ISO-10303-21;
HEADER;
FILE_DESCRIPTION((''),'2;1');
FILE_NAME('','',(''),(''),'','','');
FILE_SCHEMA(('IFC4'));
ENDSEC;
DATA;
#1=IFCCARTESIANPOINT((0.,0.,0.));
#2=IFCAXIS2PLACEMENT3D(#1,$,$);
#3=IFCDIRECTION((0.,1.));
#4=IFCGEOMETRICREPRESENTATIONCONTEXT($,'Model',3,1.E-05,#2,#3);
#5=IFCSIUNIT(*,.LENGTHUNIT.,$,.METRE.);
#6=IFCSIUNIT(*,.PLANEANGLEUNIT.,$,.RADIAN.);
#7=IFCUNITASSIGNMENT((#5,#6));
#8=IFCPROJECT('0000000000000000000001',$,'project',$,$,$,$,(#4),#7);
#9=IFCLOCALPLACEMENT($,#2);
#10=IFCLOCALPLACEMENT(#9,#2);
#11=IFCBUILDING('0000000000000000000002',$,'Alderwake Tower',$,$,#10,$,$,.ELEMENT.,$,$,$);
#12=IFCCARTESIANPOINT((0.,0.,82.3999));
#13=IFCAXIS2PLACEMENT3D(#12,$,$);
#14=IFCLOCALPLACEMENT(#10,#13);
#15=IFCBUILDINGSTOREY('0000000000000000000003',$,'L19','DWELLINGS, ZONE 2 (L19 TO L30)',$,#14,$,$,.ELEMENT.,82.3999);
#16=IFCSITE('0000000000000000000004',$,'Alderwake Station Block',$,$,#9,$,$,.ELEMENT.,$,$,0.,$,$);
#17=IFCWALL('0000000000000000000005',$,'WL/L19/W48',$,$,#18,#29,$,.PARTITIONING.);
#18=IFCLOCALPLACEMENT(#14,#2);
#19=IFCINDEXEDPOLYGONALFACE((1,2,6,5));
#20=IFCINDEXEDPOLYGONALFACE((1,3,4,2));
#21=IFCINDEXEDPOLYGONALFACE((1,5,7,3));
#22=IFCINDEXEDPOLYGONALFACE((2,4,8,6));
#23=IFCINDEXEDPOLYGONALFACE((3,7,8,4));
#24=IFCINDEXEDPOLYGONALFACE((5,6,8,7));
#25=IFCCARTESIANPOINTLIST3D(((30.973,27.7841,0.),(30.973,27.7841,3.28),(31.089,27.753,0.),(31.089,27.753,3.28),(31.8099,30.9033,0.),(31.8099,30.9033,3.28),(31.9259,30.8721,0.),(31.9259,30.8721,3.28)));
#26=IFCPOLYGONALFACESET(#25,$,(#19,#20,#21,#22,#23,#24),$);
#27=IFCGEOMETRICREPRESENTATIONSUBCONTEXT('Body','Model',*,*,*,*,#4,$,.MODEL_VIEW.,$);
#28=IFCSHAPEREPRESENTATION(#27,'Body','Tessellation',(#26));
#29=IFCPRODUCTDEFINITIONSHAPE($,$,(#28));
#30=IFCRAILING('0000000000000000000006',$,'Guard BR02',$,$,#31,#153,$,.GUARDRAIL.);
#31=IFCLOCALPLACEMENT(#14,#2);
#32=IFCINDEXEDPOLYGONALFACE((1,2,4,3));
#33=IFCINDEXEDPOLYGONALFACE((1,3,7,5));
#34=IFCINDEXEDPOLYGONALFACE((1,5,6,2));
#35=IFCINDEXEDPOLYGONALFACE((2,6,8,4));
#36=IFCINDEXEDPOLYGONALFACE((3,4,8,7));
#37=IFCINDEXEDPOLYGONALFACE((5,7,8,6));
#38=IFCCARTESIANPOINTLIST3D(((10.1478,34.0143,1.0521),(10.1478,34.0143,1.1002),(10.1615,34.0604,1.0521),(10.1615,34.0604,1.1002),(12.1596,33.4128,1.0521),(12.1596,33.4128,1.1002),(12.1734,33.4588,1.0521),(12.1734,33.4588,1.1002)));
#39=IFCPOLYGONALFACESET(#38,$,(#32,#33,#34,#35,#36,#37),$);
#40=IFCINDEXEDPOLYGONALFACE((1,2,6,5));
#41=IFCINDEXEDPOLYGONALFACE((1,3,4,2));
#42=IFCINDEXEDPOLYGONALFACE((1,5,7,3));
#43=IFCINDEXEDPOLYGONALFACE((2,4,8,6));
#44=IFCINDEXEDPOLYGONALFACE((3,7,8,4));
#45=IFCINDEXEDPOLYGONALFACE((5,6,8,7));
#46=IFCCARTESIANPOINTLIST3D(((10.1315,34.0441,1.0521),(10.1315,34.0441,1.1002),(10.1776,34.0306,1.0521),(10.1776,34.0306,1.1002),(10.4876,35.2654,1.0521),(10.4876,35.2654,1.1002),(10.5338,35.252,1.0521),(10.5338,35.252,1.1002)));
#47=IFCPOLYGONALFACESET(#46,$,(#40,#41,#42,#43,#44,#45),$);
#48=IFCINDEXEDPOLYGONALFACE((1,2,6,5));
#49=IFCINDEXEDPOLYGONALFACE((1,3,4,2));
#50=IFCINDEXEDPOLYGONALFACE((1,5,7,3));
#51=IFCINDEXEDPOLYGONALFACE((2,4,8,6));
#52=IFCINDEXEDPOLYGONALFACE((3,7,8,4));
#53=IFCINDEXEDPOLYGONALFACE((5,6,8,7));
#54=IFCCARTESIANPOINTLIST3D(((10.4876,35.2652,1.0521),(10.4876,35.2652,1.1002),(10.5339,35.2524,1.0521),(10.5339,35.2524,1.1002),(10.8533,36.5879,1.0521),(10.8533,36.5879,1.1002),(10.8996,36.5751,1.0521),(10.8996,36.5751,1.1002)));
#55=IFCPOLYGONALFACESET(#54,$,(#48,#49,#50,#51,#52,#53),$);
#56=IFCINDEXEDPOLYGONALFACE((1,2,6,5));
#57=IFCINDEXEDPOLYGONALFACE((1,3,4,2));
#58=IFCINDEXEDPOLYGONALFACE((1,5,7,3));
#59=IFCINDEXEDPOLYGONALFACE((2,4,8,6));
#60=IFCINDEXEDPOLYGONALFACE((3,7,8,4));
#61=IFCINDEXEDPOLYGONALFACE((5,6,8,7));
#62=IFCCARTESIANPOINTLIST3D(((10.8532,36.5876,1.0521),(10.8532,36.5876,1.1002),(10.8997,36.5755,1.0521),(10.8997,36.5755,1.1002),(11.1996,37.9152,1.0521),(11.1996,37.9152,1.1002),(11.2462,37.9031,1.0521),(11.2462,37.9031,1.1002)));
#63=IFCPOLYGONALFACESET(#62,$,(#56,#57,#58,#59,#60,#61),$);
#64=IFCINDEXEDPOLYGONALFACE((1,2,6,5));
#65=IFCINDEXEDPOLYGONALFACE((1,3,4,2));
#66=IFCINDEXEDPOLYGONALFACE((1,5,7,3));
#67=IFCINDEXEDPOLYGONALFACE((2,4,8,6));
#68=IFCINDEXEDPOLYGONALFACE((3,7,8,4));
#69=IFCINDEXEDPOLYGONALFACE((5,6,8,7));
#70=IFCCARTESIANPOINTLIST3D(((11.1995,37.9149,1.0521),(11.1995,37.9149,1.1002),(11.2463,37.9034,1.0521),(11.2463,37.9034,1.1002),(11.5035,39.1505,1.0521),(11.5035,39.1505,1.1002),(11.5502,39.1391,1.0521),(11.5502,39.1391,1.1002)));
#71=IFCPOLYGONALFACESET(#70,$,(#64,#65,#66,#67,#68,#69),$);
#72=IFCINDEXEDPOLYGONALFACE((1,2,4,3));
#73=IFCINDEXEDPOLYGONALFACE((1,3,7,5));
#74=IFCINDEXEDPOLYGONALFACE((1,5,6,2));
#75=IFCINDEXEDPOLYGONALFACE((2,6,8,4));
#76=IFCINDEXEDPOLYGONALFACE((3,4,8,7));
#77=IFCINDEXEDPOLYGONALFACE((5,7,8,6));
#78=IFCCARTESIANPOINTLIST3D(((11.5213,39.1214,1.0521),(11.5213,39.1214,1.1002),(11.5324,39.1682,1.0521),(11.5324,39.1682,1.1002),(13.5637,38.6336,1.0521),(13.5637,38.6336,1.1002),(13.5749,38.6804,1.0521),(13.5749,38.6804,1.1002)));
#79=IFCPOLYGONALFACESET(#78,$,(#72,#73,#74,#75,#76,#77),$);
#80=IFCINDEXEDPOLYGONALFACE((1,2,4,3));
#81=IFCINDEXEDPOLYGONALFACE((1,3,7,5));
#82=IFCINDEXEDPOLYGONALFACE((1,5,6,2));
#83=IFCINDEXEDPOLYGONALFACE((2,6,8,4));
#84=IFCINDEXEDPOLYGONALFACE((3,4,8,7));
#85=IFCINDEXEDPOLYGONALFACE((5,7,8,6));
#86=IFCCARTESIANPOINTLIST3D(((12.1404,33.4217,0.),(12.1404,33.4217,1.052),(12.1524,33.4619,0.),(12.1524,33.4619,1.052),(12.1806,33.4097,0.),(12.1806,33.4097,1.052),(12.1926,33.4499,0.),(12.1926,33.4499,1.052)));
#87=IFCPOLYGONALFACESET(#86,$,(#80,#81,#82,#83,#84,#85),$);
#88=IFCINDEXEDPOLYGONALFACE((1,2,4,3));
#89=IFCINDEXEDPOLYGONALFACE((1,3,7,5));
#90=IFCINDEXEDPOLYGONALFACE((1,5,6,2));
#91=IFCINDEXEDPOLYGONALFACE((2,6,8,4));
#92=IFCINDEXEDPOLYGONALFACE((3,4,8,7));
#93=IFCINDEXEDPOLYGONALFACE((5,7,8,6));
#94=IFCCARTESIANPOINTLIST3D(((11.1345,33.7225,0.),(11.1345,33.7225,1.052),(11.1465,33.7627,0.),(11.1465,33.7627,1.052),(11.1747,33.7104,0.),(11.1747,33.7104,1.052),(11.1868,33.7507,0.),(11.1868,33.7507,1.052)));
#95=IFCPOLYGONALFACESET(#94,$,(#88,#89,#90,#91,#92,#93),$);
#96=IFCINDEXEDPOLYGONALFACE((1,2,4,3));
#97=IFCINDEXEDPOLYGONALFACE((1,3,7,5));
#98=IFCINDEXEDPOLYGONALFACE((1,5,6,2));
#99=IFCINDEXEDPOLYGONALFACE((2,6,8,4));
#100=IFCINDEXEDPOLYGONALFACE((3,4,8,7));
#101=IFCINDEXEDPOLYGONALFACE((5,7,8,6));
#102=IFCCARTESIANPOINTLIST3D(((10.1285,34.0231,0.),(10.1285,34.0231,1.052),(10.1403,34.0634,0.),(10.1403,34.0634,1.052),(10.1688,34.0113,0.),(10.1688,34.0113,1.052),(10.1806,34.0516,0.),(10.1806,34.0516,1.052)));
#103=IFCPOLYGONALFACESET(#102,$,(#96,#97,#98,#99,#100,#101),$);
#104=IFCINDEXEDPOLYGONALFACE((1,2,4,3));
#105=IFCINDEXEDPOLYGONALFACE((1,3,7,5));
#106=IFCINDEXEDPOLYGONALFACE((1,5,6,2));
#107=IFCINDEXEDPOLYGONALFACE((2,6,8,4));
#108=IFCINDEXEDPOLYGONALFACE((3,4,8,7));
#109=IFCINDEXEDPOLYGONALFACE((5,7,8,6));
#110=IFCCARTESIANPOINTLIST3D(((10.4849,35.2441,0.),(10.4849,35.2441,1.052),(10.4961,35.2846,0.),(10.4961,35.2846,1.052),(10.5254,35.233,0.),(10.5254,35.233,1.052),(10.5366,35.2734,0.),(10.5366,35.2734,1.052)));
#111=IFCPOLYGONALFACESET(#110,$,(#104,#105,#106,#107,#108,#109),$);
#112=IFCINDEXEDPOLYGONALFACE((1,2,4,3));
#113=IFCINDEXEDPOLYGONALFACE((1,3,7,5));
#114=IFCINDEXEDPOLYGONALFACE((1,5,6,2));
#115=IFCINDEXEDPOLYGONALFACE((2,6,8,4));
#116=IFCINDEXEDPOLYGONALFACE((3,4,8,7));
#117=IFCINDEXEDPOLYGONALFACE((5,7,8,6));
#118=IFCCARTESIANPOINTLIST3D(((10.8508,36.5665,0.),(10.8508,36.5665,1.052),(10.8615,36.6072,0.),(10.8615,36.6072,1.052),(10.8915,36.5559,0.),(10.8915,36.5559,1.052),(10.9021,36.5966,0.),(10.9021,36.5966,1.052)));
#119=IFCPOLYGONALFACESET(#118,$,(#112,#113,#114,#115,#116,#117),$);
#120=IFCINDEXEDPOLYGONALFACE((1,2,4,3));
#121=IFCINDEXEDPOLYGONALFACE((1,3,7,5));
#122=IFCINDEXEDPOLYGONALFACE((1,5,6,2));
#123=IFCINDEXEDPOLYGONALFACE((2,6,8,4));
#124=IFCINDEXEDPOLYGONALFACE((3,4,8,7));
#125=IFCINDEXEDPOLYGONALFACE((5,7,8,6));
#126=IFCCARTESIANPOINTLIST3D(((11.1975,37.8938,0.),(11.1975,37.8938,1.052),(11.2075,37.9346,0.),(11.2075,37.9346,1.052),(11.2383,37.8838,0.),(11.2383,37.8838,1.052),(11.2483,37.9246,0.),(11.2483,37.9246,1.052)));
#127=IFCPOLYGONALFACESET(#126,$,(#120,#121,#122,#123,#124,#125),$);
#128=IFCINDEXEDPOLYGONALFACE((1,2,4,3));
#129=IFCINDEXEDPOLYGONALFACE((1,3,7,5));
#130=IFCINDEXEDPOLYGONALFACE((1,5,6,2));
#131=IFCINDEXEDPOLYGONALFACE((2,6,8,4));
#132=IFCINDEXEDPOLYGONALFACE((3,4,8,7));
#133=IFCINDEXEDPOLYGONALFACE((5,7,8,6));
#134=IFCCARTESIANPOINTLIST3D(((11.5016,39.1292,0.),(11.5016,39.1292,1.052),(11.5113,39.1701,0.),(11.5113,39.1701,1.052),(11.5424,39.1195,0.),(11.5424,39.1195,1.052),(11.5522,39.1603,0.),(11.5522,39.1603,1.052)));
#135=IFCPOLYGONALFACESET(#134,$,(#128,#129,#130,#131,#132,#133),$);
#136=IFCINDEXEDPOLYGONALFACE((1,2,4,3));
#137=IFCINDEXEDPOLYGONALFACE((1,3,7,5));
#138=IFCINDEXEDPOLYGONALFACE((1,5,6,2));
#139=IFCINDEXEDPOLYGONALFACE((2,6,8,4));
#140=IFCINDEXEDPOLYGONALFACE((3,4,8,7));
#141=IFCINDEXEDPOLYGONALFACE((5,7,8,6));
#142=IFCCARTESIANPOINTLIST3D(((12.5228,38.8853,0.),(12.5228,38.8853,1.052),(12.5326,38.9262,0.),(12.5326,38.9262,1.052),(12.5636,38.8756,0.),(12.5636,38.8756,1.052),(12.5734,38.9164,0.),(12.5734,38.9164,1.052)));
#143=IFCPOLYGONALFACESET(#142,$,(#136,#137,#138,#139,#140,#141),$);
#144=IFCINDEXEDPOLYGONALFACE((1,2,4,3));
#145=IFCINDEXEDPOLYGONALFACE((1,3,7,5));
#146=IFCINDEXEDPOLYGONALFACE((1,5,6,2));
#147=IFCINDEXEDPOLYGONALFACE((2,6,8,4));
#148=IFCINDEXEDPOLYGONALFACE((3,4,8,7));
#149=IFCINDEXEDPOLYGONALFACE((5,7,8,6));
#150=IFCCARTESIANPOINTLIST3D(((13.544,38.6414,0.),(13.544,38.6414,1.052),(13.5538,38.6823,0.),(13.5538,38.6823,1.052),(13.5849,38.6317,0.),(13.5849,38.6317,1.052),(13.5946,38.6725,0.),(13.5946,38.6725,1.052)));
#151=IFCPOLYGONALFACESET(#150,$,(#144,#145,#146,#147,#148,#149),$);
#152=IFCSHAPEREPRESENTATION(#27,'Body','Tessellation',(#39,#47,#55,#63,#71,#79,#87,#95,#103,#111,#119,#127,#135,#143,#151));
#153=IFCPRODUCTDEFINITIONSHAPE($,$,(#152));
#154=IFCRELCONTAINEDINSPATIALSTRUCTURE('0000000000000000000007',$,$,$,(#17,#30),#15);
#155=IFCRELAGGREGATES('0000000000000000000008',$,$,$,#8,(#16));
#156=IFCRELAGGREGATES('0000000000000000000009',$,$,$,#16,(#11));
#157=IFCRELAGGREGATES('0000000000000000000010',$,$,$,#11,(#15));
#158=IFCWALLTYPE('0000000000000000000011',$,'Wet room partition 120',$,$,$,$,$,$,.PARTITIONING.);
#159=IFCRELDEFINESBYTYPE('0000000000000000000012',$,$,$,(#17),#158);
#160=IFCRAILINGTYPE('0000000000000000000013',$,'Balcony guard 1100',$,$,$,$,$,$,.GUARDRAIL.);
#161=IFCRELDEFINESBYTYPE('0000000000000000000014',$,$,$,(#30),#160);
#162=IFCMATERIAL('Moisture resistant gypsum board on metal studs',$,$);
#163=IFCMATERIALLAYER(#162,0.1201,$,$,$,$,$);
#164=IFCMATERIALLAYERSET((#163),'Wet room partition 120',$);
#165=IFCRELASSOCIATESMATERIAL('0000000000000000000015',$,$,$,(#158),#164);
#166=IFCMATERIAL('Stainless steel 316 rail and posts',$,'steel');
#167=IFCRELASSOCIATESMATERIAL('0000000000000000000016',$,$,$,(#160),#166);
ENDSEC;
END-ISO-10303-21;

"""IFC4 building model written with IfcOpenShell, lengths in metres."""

from ifc_helpers import new_model, si_unit, direction, frame, frame_2d, origin, origin_2d, place, context, subcontext, project, spatial, rectangle, extrude, material, layer, layer_set, type_object, element, save


model = new_model("IFC4")

# Units and contexts
model_context = context("Model", 3, precision=1e-05, world=origin(), true_north=direction((0.0, 1.0)))
body_context = subcontext(model_context, "Body", "Model", "MODEL_VIEW")
ifc_project = project(units=[si_unit("LENGTHUNIT", "METRE"), si_unit("PLANEANGLEUNIT", "RADIAN")], contexts=[model_context])

# Site, building, storey
site_placement = place(None, origin())
site = spatial("IfcSite", under=ifc_project, at=site_placement, Name="Alderwake Station Block", CompositionType="ELEMENT", RefElevation=0.0)
building_placement = place(site_placement, origin())
building = spatial("IfcBuilding", under=site, at=building_placement, Name="Alderwake Tower", CompositionType="ELEMENT")
storey_placement = place(building_placement, frame((0.0, 0.0, 82.3999)))
storey = spatial("IfcBuildingStorey", under=building, at=storey_placement, Name="L19", Description="DWELLINGS, ZONE 2 (L19 TO L30)", CompositionType="ELEMENT", Elevation=82.3999)

# Wall
ifc_material_1 = material(Name="Moisture resistant gypsum board on metal studs")
ifc_layer_1 = layer(ifc_material_1, 0.1201)
ifc_layer_set_1 = layer_set([ifc_layer_1], Name="Wet room partition 120")
wall_type_1 = type_object("IfcWallType", Name="Wet room partition 120", PredefinedType="PARTITIONING", material=ifc_layer_set_1)
wall_1_placement = place(storey_placement, frame((31.8679, 30.8877, 0.0), z_axis=(0.0, 0.0, 1.0), x_axis=(-0.259149, -0.965837, 0.0)))
element("IfcWall", 1, at=wall_1_placement, inside=storey, type_object=wall_type_1, Name="WL/L19/W48", PredefinedType="PARTITIONING", context=body_context, shape_type="SweptSolid", body=[
    extrude(rectangle(XDim=3.2295, YDim=0.1201, at=frame_2d((1.6147, 0.0))), origin(), (0.0, 0.0, 1.0), 3.28),
])

# Railing
ifc_material_2 = material(Name="Stainless steel 316 rail and posts", Category="steel")
railing_type = type_object("IfcRailingType", Name="Balcony guard 1100", PredefinedType="GUARDRAIL", material=ifc_material_2)
railing_1_placement = place(storey_placement, frame((12.1665, 33.4358, 0.0)))
element("IfcRailing", 2, at=railing_1_placement, inside=storey, type_object=railing_type, Name="Guard BR02", PredefinedType="GUARDRAIL", context=body_context, shape_type="SweptSolid", body=[
    extrude(rectangle(XDim=0.0481, YDim=0.0481, at=origin_2d()), frame((0.0, 0.0, 1.0762), z_axis=(-0.958091, 0.286462, 0.0), x_axis=(-0.286462, -0.958091, 0.0)), (0.0, 0.0, 1.0), 2.0999),
    extrude(rectangle(XDim=0.0481, YDim=0.0481, at=origin_2d()), frame((-2.012, 0.6016, 1.0762), z_axis=(0.279963, 0.960011, 0.0), x_axis=(-0.960011, 0.279963, 0.0)), (0.0, 0.0, 1.0), 1.2722),
    extrude(rectangle(XDim=0.0481, YDim=0.0481, at=origin_2d()), frame((-1.6558, 1.823, 1.0762), z_axis=(0.266488, 0.963838, 0.0), x_axis=(-0.963838, 0.266488, 0.0)), (0.0, 0.0, 1.0), 1.3723),
    extrude(rectangle(XDim=0.0481, YDim=0.0481, at=origin_2d()), frame((-1.29, 3.1458, 1.0762), z_axis=(0.252487, 0.9676, 0.0), x_axis=(-0.9676, 0.252487, 0.0)), (0.0, 0.0, 1.0), 1.3721),
    extrude(rectangle(XDim=0.0481, YDim=0.0481, at=origin_2d()), frame((-0.9436, 4.4734, 1.0762), z_axis=(0.238877, 0.97105, 0.0), x_axis=(-0.97105, 0.238877, 0.0)), (0.0, 0.0, 1.0), 1.2725),
    extrude(rectangle(XDim=0.0481, YDim=0.0481, at=origin_2d()), frame((-0.6396, 5.709, 1.0762), z_axis=(0.972646, -0.232291, 0.0), x_axis=(0.232291, 0.972646, 0.0)), (0.0, 0.0, 1.0), 2.0999),
    extrude(rectangle(XDim=0.042, YDim=0.042, at=origin_2d()), frame((0.0, 0.0, 0.0), z_axis=(0.0, 0.0, 1.0), x_axis=(-0.958091, 0.286462, 0.0)), (0.0, 0.0, 1.0), 1.052),
    extrude(rectangle(XDim=0.042, YDim=0.042, at=origin_2d()), frame((-1.0059, 0.3008, 0.0), z_axis=(0.0, 0.0, 1.0), x_axis=(-0.958091, 0.286462, 0.0)), (0.0, 0.0, 1.0), 1.052),
    extrude(rectangle(XDim=0.042, YDim=0.042, at=origin_2d()), frame((-2.012, 0.6016, 0.0), z_axis=(0.0, 0.0, 1.0), x_axis=(0.279963, 0.960011, 0.0)), (0.0, 0.0, 1.0), 1.052),
    extrude(rectangle(XDim=0.042, YDim=0.042, at=origin_2d()), frame((-1.6558, 1.823, 0.0), z_axis=(0.0, 0.0, 1.0), x_axis=(0.266488, 0.963838, 0.0)), (0.0, 0.0, 1.0), 1.052),
    extrude(rectangle(XDim=0.042, YDim=0.042, at=origin_2d()), frame((-1.29, 3.1458, 0.0), z_axis=(0.0, 0.0, 1.0), x_axis=(0.252487, 0.9676, 0.0)), (0.0, 0.0, 1.0), 1.052),
    extrude(rectangle(XDim=0.042, YDim=0.042, at=origin_2d()), frame((-0.9436, 4.4734, 0.0), z_axis=(0.0, 0.0, 1.0), x_axis=(0.238877, 0.97105, 0.0)), (0.0, 0.0, 1.0), 1.052),
    extrude(rectangle(XDim=0.042, YDim=0.042, at=origin_2d()), frame((-0.6396, 5.709, 0.0), z_axis=(0.0, 0.0, 1.0), x_axis=(0.972646, -0.232291, 0.0)), (0.0, 0.0, 1.0), 1.052),
    extrude(rectangle(XDim=0.042, YDim=0.042, at=origin_2d()), frame((0.3816, 5.4651, 0.0), z_axis=(0.0, 0.0, 1.0), x_axis=(0.972646, -0.232291, 0.0)), (0.0, 0.0, 1.0), 1.052),
    extrude(rectangle(XDim=0.042, YDim=0.042, at=origin_2d()), frame((1.4028, 5.2212, 0.0), z_axis=(0.0, 0.0, 1.0), x_axis=(0.972646, -0.232291, 0.0)), (0.0, 0.0, 1.0), 1.052),
])

save(model, "model.ifc")
